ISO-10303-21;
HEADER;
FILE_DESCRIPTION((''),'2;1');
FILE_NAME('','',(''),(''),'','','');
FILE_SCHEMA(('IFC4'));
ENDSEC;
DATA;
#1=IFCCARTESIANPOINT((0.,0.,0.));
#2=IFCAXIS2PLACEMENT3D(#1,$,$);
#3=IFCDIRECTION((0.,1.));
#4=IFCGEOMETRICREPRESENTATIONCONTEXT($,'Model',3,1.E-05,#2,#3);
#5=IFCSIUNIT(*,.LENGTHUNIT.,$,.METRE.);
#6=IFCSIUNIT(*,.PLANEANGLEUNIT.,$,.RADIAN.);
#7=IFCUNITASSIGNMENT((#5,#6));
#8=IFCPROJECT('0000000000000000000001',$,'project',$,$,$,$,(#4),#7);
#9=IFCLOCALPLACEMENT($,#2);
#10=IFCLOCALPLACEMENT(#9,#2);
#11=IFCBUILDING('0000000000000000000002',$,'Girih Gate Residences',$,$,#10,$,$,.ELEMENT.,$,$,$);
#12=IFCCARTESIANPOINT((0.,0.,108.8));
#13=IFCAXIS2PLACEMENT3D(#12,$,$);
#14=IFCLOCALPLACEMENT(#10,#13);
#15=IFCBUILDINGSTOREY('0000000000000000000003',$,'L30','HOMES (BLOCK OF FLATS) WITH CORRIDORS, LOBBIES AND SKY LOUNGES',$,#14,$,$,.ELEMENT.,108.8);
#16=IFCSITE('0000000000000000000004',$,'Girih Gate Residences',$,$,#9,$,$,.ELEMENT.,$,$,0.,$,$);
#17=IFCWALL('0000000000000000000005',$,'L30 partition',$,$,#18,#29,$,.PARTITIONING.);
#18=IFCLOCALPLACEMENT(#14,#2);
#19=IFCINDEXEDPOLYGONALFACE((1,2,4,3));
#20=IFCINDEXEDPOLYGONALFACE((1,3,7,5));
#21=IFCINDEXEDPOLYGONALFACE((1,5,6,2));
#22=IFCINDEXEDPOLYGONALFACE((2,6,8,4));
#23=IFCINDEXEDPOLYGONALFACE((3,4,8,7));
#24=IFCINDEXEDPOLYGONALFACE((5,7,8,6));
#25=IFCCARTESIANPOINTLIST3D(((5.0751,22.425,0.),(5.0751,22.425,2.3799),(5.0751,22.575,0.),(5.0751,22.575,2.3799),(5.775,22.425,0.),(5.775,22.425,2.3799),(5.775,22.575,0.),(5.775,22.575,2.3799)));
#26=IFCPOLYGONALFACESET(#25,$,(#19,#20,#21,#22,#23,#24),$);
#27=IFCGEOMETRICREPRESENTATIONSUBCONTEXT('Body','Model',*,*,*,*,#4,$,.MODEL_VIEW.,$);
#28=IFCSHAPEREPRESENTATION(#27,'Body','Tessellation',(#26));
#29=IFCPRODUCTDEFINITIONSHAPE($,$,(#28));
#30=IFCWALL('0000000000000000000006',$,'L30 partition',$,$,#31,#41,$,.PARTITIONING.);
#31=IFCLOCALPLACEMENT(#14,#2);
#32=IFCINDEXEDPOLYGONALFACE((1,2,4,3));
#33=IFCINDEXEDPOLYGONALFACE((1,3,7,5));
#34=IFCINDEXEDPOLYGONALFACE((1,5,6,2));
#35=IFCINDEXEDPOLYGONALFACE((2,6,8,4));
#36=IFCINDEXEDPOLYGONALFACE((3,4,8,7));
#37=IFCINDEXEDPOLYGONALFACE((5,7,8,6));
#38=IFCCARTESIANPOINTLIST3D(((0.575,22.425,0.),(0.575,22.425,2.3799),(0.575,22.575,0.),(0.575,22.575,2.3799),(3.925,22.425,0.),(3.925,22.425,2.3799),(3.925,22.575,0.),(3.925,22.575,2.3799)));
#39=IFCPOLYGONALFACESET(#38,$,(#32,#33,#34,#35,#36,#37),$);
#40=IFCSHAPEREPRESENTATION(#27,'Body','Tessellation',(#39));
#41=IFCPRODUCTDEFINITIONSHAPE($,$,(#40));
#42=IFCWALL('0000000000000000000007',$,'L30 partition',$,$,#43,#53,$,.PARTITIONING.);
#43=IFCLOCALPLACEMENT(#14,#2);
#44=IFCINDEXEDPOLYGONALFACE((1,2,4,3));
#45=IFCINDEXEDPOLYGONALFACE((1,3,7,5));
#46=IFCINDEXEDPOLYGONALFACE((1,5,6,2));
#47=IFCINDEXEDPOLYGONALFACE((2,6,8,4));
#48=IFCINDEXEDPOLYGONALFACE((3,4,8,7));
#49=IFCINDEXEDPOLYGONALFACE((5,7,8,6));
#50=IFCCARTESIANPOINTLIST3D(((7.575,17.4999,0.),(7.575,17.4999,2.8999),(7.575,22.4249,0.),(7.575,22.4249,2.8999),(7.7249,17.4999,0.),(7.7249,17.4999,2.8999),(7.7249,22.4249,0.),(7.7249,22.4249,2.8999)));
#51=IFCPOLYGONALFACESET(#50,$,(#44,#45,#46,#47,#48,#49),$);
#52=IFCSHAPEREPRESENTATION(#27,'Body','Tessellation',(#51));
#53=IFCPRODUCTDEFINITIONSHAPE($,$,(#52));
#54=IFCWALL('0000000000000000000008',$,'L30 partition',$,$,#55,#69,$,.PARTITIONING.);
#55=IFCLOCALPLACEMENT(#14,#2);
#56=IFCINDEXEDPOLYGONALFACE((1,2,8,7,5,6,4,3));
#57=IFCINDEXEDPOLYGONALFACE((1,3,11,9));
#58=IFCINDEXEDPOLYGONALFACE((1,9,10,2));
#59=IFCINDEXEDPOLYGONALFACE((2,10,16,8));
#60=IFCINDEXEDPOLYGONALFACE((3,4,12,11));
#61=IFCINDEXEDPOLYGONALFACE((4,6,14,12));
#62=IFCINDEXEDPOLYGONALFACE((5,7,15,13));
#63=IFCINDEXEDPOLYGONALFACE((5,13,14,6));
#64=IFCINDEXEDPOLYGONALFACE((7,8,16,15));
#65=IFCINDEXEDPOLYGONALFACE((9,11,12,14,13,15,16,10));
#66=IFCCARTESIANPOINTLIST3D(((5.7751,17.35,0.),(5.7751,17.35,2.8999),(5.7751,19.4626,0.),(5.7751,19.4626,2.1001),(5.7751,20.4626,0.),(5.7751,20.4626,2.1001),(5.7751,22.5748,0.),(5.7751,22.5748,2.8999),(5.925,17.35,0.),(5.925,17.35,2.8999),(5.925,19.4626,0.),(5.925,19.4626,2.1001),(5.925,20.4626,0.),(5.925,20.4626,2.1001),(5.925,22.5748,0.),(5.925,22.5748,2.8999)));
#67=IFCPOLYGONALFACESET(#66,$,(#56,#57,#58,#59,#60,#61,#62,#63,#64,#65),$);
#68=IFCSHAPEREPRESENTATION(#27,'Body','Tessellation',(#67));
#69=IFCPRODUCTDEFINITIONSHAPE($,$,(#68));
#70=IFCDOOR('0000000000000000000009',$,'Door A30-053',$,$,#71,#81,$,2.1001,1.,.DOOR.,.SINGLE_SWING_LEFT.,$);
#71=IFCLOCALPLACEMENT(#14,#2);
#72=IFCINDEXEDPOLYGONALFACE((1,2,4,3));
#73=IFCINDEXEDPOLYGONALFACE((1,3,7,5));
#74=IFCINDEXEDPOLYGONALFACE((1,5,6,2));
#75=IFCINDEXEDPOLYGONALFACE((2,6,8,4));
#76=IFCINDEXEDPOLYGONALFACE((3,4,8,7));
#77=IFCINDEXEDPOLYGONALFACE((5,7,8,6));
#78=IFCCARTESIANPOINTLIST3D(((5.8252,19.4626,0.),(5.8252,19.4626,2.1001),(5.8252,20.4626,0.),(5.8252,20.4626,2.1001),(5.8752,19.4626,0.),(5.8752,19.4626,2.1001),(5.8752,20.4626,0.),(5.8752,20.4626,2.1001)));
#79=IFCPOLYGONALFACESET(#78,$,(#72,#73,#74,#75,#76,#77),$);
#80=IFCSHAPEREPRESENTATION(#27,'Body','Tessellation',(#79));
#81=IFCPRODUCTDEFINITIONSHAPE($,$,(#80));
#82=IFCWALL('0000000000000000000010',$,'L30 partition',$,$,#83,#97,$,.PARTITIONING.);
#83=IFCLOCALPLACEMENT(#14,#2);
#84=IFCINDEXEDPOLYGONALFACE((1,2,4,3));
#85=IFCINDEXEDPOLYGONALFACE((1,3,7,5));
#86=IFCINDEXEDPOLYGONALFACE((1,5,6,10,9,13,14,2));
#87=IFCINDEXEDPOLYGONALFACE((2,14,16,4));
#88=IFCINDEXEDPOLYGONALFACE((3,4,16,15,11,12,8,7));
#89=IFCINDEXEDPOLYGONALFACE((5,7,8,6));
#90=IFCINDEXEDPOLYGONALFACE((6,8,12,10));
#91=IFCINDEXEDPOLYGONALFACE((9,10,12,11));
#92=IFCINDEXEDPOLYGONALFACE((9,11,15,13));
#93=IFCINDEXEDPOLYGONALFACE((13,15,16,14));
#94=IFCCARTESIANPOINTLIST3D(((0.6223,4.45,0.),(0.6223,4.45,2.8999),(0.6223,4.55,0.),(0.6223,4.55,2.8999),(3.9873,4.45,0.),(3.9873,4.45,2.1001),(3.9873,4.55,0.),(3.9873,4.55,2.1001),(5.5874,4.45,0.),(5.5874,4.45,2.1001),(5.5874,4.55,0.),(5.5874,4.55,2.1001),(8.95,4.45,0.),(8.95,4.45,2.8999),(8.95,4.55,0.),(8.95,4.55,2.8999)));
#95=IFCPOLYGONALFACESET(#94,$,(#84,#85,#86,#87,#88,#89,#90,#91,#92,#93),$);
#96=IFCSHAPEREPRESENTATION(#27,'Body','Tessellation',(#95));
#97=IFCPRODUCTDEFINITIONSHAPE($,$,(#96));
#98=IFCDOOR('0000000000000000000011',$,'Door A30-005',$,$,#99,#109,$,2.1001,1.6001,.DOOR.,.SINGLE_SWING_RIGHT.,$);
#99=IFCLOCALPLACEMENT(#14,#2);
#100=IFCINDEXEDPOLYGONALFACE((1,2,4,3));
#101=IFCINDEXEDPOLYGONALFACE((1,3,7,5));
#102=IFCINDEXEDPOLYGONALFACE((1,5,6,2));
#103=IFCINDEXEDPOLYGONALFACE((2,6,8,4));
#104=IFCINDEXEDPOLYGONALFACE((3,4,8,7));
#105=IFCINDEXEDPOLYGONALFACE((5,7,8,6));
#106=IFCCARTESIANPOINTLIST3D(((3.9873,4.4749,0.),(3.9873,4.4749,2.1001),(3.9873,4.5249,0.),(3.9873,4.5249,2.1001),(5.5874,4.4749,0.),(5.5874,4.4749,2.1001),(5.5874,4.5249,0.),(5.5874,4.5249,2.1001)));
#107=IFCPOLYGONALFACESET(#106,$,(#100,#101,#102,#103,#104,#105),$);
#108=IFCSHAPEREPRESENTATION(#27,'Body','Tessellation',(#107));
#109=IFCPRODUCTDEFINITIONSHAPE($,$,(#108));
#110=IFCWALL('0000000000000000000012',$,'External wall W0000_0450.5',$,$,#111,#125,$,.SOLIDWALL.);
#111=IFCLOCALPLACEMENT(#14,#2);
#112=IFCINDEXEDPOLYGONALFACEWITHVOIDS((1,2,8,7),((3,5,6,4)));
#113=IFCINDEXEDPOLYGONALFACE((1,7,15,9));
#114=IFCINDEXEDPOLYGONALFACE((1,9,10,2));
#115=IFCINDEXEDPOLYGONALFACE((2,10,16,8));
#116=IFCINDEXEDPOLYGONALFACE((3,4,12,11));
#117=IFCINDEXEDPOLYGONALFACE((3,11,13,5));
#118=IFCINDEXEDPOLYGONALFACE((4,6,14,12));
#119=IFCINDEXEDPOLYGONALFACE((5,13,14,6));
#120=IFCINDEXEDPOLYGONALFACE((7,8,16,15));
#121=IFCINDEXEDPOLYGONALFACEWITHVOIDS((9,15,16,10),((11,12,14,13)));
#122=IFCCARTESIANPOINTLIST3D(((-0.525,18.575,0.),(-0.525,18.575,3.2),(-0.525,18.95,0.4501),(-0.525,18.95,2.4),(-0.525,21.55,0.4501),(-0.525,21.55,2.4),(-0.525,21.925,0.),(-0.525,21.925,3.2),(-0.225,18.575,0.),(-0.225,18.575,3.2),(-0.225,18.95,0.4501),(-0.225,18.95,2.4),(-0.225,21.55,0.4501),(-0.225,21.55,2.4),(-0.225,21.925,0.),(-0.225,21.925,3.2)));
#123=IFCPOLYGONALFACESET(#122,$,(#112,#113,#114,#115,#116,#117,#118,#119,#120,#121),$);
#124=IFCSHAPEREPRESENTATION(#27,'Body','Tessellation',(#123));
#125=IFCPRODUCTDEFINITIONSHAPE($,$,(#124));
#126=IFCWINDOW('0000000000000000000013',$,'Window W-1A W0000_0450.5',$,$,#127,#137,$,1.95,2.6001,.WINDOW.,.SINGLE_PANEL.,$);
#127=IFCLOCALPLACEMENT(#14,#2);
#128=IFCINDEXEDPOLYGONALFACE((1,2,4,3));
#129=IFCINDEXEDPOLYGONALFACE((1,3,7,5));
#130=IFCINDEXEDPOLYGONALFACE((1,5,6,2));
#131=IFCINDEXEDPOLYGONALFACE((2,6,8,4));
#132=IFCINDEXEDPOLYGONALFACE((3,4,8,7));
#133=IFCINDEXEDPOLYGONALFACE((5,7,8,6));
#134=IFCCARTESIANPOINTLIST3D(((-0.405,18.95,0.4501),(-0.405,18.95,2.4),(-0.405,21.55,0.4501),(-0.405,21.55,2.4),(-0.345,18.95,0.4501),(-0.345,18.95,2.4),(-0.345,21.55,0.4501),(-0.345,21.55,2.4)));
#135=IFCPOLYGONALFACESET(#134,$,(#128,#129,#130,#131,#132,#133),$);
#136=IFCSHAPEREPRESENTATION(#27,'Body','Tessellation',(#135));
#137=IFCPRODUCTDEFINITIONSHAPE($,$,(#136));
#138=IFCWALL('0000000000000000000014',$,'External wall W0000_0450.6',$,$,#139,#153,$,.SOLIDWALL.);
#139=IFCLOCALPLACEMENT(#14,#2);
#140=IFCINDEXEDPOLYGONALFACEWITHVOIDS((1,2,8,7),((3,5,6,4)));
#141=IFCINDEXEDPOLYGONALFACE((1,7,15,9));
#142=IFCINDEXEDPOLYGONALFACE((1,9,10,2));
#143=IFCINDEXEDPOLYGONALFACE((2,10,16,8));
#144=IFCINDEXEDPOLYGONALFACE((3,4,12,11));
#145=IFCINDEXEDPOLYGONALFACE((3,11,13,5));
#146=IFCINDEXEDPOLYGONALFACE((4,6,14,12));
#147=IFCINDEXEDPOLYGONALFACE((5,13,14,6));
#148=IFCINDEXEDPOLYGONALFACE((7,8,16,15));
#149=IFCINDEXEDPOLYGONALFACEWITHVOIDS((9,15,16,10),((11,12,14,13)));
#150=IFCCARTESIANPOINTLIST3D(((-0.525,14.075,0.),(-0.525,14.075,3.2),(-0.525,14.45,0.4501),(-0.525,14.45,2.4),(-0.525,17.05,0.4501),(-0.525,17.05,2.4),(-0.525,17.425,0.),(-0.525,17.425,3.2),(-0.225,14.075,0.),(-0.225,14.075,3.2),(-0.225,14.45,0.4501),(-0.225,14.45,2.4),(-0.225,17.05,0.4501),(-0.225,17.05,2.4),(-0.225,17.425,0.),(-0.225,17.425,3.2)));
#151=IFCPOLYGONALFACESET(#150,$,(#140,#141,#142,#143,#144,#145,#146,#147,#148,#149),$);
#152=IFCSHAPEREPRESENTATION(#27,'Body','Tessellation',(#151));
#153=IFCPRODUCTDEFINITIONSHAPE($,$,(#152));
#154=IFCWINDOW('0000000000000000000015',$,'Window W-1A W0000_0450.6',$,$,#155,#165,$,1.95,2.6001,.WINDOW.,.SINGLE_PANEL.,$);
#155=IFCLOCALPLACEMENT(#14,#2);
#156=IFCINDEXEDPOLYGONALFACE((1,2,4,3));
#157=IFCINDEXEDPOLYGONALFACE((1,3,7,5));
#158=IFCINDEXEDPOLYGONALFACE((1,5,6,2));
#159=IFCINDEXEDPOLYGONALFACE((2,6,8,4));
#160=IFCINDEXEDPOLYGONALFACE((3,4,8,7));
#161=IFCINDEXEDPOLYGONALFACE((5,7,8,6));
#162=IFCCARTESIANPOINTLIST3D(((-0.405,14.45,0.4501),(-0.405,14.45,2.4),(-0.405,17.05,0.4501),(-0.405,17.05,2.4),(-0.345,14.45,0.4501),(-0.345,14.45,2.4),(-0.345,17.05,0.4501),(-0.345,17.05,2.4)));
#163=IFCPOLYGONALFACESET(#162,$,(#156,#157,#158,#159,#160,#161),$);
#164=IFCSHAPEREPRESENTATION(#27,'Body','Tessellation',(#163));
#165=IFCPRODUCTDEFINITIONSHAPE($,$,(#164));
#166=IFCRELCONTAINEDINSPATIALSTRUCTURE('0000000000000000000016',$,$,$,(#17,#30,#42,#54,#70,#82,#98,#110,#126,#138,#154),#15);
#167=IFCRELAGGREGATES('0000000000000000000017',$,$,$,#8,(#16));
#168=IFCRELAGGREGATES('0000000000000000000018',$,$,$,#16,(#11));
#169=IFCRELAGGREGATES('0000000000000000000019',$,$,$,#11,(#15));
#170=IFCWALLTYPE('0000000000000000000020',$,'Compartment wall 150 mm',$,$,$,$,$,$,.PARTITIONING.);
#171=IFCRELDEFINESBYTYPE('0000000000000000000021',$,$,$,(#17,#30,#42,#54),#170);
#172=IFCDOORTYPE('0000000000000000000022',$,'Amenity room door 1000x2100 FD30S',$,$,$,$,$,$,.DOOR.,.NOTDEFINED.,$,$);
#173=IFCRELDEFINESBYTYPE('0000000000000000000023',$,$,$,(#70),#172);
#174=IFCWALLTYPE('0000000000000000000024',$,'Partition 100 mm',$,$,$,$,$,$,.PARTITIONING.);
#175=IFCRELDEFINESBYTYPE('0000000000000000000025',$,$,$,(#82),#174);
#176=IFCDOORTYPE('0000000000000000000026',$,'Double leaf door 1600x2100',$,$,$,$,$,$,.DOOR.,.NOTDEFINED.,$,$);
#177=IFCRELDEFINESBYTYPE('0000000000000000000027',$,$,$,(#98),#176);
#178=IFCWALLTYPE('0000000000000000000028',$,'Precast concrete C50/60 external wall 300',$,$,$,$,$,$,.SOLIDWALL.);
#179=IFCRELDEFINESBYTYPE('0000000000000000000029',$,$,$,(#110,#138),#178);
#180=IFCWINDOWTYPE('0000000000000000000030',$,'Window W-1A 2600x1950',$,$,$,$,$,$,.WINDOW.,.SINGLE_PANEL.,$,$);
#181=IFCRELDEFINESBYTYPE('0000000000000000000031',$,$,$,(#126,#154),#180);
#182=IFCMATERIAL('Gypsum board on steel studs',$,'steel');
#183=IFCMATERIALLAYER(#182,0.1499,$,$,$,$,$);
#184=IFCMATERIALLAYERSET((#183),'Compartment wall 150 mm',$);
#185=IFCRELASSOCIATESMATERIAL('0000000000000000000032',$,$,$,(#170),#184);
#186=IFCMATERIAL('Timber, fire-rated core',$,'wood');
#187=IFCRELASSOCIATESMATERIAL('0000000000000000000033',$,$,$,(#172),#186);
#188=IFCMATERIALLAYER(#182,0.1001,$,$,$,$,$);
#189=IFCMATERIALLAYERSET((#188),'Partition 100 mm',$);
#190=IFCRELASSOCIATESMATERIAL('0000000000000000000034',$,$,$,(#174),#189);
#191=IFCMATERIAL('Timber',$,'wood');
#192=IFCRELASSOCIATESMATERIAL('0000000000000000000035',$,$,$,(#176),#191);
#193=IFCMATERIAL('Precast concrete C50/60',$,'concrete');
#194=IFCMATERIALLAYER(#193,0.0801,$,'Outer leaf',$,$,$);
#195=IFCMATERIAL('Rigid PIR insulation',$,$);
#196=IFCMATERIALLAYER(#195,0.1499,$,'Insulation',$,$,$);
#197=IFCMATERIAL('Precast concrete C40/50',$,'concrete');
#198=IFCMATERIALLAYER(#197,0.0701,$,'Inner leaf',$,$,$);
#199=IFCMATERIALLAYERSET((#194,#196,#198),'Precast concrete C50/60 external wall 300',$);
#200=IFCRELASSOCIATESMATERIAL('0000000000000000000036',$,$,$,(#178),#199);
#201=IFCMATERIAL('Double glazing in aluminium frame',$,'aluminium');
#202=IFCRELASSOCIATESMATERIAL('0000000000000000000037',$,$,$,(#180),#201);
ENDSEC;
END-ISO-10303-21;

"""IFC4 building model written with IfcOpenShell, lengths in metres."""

from ifc_helpers import new_model, si_unit, direction, frame, frame_2d, origin, place, context, subcontext, project, spatial, rectangle, extrude, material, layer, layer_set, type_object, element, fill, save


model = new_model("IFC4")

# Units and contexts
model_context = context("Model", 3, precision=1e-05, world=origin(), true_north=direction((0.0, 1.0)))
body_context = subcontext(model_context, "Body", "Model", "MODEL_VIEW")
ifc_project = project(units=[si_unit("LENGTHUNIT", "METRE"), si_unit("PLANEANGLEUNIT", "RADIAN")], contexts=[model_context])

# Site, building, storey
site_placement = place(None, origin())
site = spatial("IfcSite", under=ifc_project, at=site_placement, Name="Girih Gate Residences", CompositionType="ELEMENT", RefElevation=0.0)
building_placement = place(site_placement, origin())
building = spatial("IfcBuilding", under=site, at=building_placement, Name="Girih Gate Residences", CompositionType="ELEMENT")
storey_placement = place(building_placement, frame((0.0, 0.0, 108.8)))
storey = spatial("IfcBuildingStorey", under=building, at=storey_placement, Name="L30", Description="HOMES (BLOCK OF FLATS) WITH CORRIDORS, LOBBIES AND SKY LOUNGES", CompositionType="ELEMENT", Elevation=108.8)

# Shared definitions
ifc_material_1 = material(Name="Gypsum board on steel studs", Category="steel")
ifc_layer_1 = layer(ifc_material_1, 0.1499)
ifc_layer_set_1 = layer_set([ifc_layer_1], Name="Compartment wall 150 mm")
wall_type_1 = type_object("IfcWallType", Name="Compartment wall 150 mm", PredefinedType="PARTITIONING", material=ifc_layer_set_1)

# Shared definitions
ifc_material_2 = material(Name="Timber", Category="wood")

# Walls
wall_1_placement = place(storey_placement, frame((5.075, 22.5, 0.0), z_axis=(0.0, 0.0, 1.0), x_axis=(1.0, 0.0, 0.0)))
element("IfcWall", 1, at=wall_1_placement, inside=storey, type_object=wall_type_1, Name="L30 partition", PredefinedType="PARTITIONING", context=body_context, shape_type="SweptSolid", body=[
    extrude(rectangle(XDim=0.7, YDim=0.1499, at=frame_2d((0.3501, 0.0))), origin(), (0.0, 0.0, 1.0), 2.3799),
])
wall_2_placement = place(storey_placement, frame((0.575, 22.5, 0.0), z_axis=(0.0, 0.0, 1.0), x_axis=(1.0, 0.0, 0.0)))
element("IfcWall", 2, at=wall_2_placement, inside=storey, type_object=wall_type_1, Name="L30 partition", PredefinedType="PARTITIONING", context=body_context, shape_type="SweptSolid", body=[
    extrude(rectangle(XDim=3.3501, YDim=0.1499, at=frame_2d((1.675, 0.0))), origin(), (0.0, 0.0, 1.0), 2.3799),
])
wall_3_placement = place(storey_placement, frame((7.6499, 17.5, 0.0), z_axis=(0.0, 0.0, 1.0), x_axis=(0.0, 1.0, 0.0)))
element("IfcWall", 3, at=wall_3_placement, inside=storey, type_object=wall_type_1, Name="L30 partition", PredefinedType="PARTITIONING", context=body_context, shape_type="SweptSolid", body=[
    extrude(rectangle(XDim=4.925, YDim=0.1499, at=frame_2d((2.4624, 0.0))), origin(), (0.0, 0.0, 1.0), 2.8999),
])

# Walls, openings, doors
wall_4_placement = place(storey_placement, frame((5.8501, 17.3501, 0.0), z_axis=(0.0, 0.0, 1.0), x_axis=(0.0, 1.0, 0.0)))
wall_4 = element("IfcWall", 4, at=wall_4_placement, inside=storey, type_object=wall_type_1, Name="L30 partition", PredefinedType="PARTITIONING", context=body_context, shape_type="SweptSolid", body=[
    extrude(rectangle(XDim=5.2249, YDim=0.1499, at=frame_2d((2.6123, 0.0))), origin(), (0.0, 0.0, 1.0), 2.8999),
])
opening_1_placement = place(wall_4_placement, frame((2.1125, 0.0, 0.0)))
opening_1 = element("IfcOpeningElement", 5, at=opening_1_placement, cuts=wall_4, PredefinedType="OPENING", context=body_context, shape_type="SweptSolid", body=[
    extrude(rectangle(XDim=1.0, YDim=2.1001, at=frame_2d((0.5, 1.05))), frame((0.0, 0.085, 0.0), z_axis=(0.0, -1.0, 0.0), x_axis=(1.0, 0.0, 0.0)), (0.0, 0.0, 1.0), 0.1699),
])
ifc_material_3 = material(Name="Timber, fire-rated core", Category="wood")
door_type_1 = type_object("IfcDoorType", Name="Amenity room door 1000x2100 FD30S", OperationType="NOTDEFINED", PredefinedType="DOOR", material=ifc_material_3)
door_1_placement = place(opening_1_placement, origin())
door_1 = element("IfcDoor", 6, at=door_1_placement, inside=storey, type_object=door_type_1, Name="Door A30-053", OperationType="SINGLE_SWING_LEFT", OverallHeight=2.1001, OverallWidth=1.0, PredefinedType="DOOR", context=body_context, shape_type="SweptSolid", body=[
    extrude(rectangle(XDim=1.0, YDim=2.1001, at=frame_2d((0.5, 1.05))), frame((0.0, 0.0249, 0.0), z_axis=(0.0, -1.0, 0.0), x_axis=(1.0, 0.0, 0.0)), (0.0, 0.0, 1.0), 0.05),
])
fill(opening_1, door_1)
ifc_layer_2 = layer(ifc_material_1, 0.1001)
ifc_layer_set_2 = layer_set([ifc_layer_2], Name="Partition 100 mm")
wall_type_2 = type_object("IfcWallType", Name="Partition 100 mm", PredefinedType="PARTITIONING", material=ifc_layer_set_2)
wall_5_placement = place(storey_placement, frame((0.6223, 4.5, 0.0), z_axis=(0.0, 0.0, 1.0), x_axis=(1.0, 0.0, 0.0)))
wall_5 = element("IfcWall", 7, at=wall_5_placement, inside=storey, type_object=wall_type_2, Name="L30 partition", PredefinedType="PARTITIONING", context=body_context, shape_type="SweptSolid", body=[
    extrude(rectangle(XDim=8.3276, YDim=0.1001, at=frame_2d((4.1638, 0.0))), origin(), (0.0, 0.0, 1.0), 2.8999),
])
opening_2_placement = place(wall_5_placement, frame((3.365, 0.0, 0.0)))
opening_2 = element("IfcOpeningElement", 8, at=opening_2_placement, cuts=wall_5, PredefinedType="OPENING", context=body_context, shape_type="SweptSolid", body=[
    extrude(rectangle(XDim=1.6001, YDim=2.1001, at=frame_2d((0.8, 1.05))), frame((0.0, 0.0601, 0.0), z_axis=(0.0, -1.0, 0.0), x_axis=(1.0, 0.0, 0.0)), (0.0, 0.0, 1.0), 0.1201),
])
door_type_2 = type_object("IfcDoorType", Name="Double leaf door 1600x2100", OperationType="NOTDEFINED", PredefinedType="DOOR", material=ifc_material_2)
door_2_placement = place(opening_2_placement, origin())
door_2 = element("IfcDoor", 9, at=door_2_placement, inside=storey, type_object=door_type_2, Name="Door A30-005", OperationType="SINGLE_SWING_RIGHT", OverallHeight=2.1001, OverallWidth=1.6001, PredefinedType="DOOR", context=body_context, shape_type="SweptSolid", body=[
    extrude(rectangle(XDim=1.6001, YDim=2.1001, at=frame_2d((0.8, 1.05))), frame((0.0, 0.0249, 0.0), z_axis=(0.0, -1.0, 0.0), x_axis=(1.0, 0.0, 0.0)), (0.0, 0.0, 1.0), 0.05),
])
fill(opening_2, door_2)

# Walls, openings, windows
ifc_material_4 = material(Name="Precast concrete C50/60", Category="concrete")
ifc_layer_3 = layer(ifc_material_4, 0.0801, Name="Outer leaf")
ifc_material_5 = material(Name="Rigid PIR insulation")
ifc_layer_4 = layer(ifc_material_5, 0.1499, Name="Insulation")
ifc_material_6 = material(Name="Precast concrete C40/50", Category="concrete")
ifc_layer_5 = layer(ifc_material_6, 0.0701, Name="Inner leaf")
ifc_layer_set_3 = layer_set([ifc_layer_3, ifc_layer_4, ifc_layer_5], Name="Precast concrete C50/60 external wall 300")
wall_type_3 = type_object("IfcWallType", Name="Precast concrete C50/60 external wall 300", PredefinedType="SOLIDWALL", material=ifc_layer_set_3)
wall_6_placement = place(storey_placement, frame((-0.375, 18.575, 0.0), z_axis=(0.0, 0.0, 1.0), x_axis=(0.0, 1.0, 0.0)))
wall_6 = element("IfcWall", 10, at=wall_6_placement, inside=storey, type_object=wall_type_3, Name="External wall W0000_0450.5", PredefinedType="SOLIDWALL", context=body_context, shape_type="SweptSolid", body=[
    extrude(rectangle(XDim=3.3501, YDim=0.3, at=frame_2d((1.675, 0.0))), origin(), (0.0, 0.0, 1.0), 3.2),
])
opening_3_placement = place(wall_6_placement, frame((0.375, 0.0, 0.45)))
opening_3 = element("IfcOpeningElement", 11, at=opening_3_placement, cuts=wall_6, PredefinedType="OPENING", context=body_context, shape_type="SweptSolid", body=[
    extrude(rectangle(XDim=2.6001, YDim=1.95, at=frame_2d((1.3, 0.9751))), frame((0.0, 0.1599, 0.0), z_axis=(0.0, -1.0, 0.0), x_axis=(1.0, 0.0, 0.0)), (0.0, 0.0, 1.0), 0.3201),
])
ifc_material_7 = material(Name="Double glazing in aluminium frame", Category="aluminium")
window_type = type_object("IfcWindowType", Name="Window W-1A 2600x1950", PartitioningType="SINGLE_PANEL", PredefinedType="WINDOW", material=ifc_material_7)
window_1_placement = place(opening_3_placement, origin())
window_1 = element("IfcWindow", 12, at=window_1_placement, inside=storey, type_object=window_type, Name="Window W-1A W0000_0450.5", OverallHeight=1.95, OverallWidth=2.6001, PartitioningType="SINGLE_PANEL", PredefinedType="WINDOW", context=body_context, shape_type="SweptSolid", body=[
    extrude(rectangle(XDim=2.6001, YDim=1.95, at=frame_2d((1.3, 0.9751))), frame((0.0, 0.03, 0.0), z_axis=(0.0, -1.0, 0.0), x_axis=(1.0, 0.0, 0.0)), (0.0, 0.0, 1.0), 0.0601),
])
fill(opening_3, window_1)
wall_7_placement = place(storey_placement, frame((-0.375, 14.075, 0.0), z_axis=(0.0, 0.0, 1.0), x_axis=(0.0, 1.0, 0.0)))
wall_7 = element("IfcWall", 13, at=wall_7_placement, inside=storey, type_object=wall_type_3, Name="External wall W0000_0450.6", PredefinedType="SOLIDWALL", context=body_context, shape_type="SweptSolid", body=[
    extrude(rectangle(XDim=3.3501, YDim=0.3, at=frame_2d((1.675, 0.0))), origin(), (0.0, 0.0, 1.0), 3.2),
])
opening_4_placement = place(wall_7_placement, frame((0.375, 0.0, 0.45)))
opening_4 = element("IfcOpeningElement", 14, at=opening_4_placement, cuts=wall_7, PredefinedType="OPENING", context=body_context, shape_type="SweptSolid", body=[
    extrude(rectangle(XDim=2.6001, YDim=1.95, at=frame_2d((1.3, 0.9751))), frame((0.0, 0.1599, 0.0), z_axis=(0.0, -1.0, 0.0), x_axis=(1.0, 0.0, 0.0)), (0.0, 0.0, 1.0), 0.3201),
])
window_2_placement = place(opening_4_placement, origin())
window_2 = element("IfcWindow", 15, at=window_2_placement, inside=storey, type_object=window_type, Name="Window W-1A W0000_0450.6", OverallHeight=1.95, OverallWidth=2.6001, PartitioningType="SINGLE_PANEL", PredefinedType="WINDOW", context=body_context, shape_type="SweptSolid", body=[
    extrude(rectangle(XDim=2.6001, YDim=1.95, at=frame_2d((1.3, 0.9751))), frame((0.0, 0.03, 0.0), z_axis=(0.0, -1.0, 0.0), x_axis=(1.0, 0.0, 0.0)), (0.0, 0.0, 1.0), 0.0601),
])
fill(opening_4, window_2)

save(model, "model.ifc")
